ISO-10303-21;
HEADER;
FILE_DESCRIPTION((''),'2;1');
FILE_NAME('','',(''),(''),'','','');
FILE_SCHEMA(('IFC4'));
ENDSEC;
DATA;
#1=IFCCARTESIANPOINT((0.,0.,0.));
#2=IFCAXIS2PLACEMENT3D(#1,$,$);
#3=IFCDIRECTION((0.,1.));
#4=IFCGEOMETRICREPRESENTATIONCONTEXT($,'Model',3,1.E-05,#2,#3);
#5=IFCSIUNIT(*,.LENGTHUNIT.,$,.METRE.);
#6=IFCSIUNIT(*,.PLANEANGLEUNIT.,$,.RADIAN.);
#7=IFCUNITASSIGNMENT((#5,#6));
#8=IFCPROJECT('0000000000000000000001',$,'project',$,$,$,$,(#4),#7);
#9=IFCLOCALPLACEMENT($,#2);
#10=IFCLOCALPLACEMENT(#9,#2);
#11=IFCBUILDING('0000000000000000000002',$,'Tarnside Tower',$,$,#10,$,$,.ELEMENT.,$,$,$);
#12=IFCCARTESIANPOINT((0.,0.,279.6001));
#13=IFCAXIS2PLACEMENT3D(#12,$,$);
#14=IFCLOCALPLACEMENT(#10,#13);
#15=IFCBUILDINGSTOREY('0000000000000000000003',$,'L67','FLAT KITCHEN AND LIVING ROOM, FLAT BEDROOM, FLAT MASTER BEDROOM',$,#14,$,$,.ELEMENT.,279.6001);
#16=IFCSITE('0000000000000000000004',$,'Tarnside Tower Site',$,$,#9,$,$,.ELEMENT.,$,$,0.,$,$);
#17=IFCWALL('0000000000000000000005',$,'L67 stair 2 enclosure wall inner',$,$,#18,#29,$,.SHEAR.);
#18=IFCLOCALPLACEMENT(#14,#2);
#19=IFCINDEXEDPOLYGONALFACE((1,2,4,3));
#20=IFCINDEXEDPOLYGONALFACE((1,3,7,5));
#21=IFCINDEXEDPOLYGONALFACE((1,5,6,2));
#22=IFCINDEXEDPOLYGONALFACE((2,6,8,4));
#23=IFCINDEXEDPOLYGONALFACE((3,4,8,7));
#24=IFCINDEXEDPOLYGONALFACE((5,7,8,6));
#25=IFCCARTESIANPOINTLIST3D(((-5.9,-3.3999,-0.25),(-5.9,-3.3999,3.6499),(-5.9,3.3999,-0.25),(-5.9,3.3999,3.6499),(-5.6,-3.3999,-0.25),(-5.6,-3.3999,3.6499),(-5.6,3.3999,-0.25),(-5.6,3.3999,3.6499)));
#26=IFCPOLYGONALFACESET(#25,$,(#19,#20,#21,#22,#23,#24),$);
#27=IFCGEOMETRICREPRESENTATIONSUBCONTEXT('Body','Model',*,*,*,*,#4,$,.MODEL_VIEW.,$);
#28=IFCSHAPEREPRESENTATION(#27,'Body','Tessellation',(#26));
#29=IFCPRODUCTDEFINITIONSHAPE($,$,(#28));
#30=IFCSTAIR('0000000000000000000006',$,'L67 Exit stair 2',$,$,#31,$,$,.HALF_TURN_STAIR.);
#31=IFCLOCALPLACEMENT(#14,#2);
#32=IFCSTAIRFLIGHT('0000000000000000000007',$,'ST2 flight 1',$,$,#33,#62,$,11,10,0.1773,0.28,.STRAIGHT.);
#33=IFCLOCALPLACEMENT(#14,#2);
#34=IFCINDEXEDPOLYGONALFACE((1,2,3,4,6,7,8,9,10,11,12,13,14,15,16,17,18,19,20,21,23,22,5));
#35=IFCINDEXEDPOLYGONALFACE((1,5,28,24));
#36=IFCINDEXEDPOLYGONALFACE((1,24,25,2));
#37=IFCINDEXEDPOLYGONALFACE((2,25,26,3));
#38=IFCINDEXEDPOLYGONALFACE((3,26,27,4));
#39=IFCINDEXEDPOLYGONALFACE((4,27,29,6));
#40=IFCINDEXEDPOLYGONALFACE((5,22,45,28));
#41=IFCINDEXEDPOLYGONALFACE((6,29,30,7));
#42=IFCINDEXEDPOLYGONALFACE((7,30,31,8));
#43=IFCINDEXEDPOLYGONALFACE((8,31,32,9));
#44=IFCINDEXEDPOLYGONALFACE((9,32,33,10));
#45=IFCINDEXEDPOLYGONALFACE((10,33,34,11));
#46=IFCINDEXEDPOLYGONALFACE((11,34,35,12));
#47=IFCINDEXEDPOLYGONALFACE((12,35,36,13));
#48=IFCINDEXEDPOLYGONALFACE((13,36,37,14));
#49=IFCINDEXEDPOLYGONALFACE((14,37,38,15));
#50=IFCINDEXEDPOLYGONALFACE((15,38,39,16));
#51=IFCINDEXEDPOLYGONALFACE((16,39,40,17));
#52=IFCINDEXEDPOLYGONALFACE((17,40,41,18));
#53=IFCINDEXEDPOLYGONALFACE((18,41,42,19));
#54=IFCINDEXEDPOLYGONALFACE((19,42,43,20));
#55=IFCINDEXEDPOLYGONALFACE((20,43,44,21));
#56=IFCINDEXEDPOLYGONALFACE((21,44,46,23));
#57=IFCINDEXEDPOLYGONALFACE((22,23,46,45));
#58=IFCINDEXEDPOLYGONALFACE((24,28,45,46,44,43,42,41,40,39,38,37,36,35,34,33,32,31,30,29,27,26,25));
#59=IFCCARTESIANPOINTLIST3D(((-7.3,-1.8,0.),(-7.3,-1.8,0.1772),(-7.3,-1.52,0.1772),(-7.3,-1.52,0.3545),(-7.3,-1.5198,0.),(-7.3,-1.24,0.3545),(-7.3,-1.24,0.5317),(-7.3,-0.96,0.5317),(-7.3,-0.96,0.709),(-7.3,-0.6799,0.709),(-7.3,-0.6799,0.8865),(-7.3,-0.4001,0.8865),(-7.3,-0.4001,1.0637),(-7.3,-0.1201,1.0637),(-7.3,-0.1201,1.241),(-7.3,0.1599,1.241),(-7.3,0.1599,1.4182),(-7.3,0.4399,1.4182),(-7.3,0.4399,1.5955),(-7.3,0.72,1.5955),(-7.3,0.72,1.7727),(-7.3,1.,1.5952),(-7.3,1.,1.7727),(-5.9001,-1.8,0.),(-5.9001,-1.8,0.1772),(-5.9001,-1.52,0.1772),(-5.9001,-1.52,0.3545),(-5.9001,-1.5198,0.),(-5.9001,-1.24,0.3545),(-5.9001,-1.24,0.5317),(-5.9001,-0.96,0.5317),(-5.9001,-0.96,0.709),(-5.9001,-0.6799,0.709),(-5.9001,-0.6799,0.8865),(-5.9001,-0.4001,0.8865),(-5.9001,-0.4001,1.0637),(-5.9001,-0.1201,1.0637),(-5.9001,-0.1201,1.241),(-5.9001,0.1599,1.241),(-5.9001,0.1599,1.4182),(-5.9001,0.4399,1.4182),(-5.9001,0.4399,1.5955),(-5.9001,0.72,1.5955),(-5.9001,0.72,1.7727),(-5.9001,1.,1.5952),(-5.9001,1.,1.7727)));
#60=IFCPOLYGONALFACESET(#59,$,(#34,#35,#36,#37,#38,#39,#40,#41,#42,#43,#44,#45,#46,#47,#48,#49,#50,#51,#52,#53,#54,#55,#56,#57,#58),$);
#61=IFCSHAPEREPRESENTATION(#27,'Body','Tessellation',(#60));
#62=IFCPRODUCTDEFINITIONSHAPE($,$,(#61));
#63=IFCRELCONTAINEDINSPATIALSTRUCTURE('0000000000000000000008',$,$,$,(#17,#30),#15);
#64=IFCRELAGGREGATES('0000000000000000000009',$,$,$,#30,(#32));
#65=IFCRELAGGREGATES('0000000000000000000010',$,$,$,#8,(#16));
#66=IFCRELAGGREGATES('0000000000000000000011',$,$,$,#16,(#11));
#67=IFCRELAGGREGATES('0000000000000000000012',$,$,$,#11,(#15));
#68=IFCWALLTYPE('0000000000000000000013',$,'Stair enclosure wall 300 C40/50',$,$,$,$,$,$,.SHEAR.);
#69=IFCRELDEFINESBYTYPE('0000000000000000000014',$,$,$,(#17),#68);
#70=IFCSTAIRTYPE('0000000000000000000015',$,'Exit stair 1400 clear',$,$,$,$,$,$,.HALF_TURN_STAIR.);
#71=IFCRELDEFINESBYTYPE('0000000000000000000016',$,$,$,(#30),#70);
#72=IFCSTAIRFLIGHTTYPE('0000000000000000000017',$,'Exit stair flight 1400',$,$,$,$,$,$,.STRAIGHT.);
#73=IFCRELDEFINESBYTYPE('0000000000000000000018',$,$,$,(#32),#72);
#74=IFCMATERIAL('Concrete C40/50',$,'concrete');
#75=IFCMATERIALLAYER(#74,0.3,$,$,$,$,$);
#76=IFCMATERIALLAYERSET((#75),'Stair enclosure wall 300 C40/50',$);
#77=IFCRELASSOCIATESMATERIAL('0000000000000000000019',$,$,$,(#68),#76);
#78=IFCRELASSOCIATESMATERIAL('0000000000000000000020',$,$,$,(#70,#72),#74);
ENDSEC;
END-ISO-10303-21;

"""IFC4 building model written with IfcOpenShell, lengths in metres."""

from ifc_helpers import new_model, si_unit, direction, frame, frame_2d, origin, place, context, subcontext, project, spatial, polyline, rectangle, outline, extrude, material, layer, layer_set, type_object, element, aggregate, save


model = new_model("IFC4")

# Units and contexts
model_context = context("Model", 3, precision=1e-05, world=origin(), true_north=direction((0.0, 1.0)))
body_context = subcontext(model_context, "Body", "Model", "MODEL_VIEW")
ifc_project = project(units=[si_unit("LENGTHUNIT", "METRE"), si_unit("PLANEANGLEUNIT", "RADIAN")], contexts=[model_context])

# Site, building, storey
site_placement = place(None, origin())
site = spatial("IfcSite", under=ifc_project, at=site_placement, Name="Tarnside Tower Site", CompositionType="ELEMENT", RefElevation=0.0)
building_placement = place(site_placement, origin())
building = spatial("IfcBuilding", under=site, at=building_placement, Name="Tarnside Tower", CompositionType="ELEMENT")
storey_placement = place(building_placement, frame((0.0, 0.0, 279.6001)))
storey = spatial("IfcBuildingStorey", under=building, at=storey_placement, Name="L67", Description="FLAT KITCHEN AND LIVING ROOM, FLAT BEDROOM, FLAT MASTER BEDROOM", CompositionType="ELEMENT", Elevation=279.6001)

# Shared definitions
ifc_material_1 = material(Name="Concrete C40/50", Category="concrete")

# Wall
ifc_layer_1 = layer(ifc_material_1, 0.3)
ifc_layer_set_1 = layer_set([ifc_layer_1], Name="Stair enclosure wall 300 C40/50")
wall_type_1 = type_object("IfcWallType", Name="Stair enclosure wall 300 C40/50", PredefinedType="SHEAR", material=ifc_layer_set_1)
wall_1_placement = place(storey_placement, frame((-5.75, -3.3999, -0.25), z_axis=(0.0, 0.0, 1.0), x_axis=(0.0, 1.0, 0.0)))
element("IfcWall", 1, at=wall_1_placement, inside=storey, type_object=wall_type_1, Name="L67 stair 2 enclosure wall inner", PredefinedType="SHEAR", context=body_context, shape_type="SweptSolid", body=[
    extrude(rectangle(XDim=6.7998, YDim=0.3, at=frame_2d((3.3999, 0.0))), origin(), (0.0, 0.0, 1.0), 3.8999),
])

# Stair, stair flight
stair_type = type_object("IfcStairType", Name="Exit stair 1400 clear", PredefinedType="HALF_TURN_STAIR", material=ifc_material_1)
stair_placement = place(storey_placement, origin())
stair = element("IfcStair", 2, at=stair_placement, inside=storey, type_object=stair_type, Name="L67 Exit stair 2", PredefinedType="HALF_TURN_STAIR")
stair_flight_type = type_object("IfcStairFlightType", Name="Exit stair flight 1400", PredefinedType="STRAIGHT", material=ifc_material_1)
stair_flight_placement = place(storey_placement, frame((-6.6001, -1.8, 0.0), z_axis=(0.0, 0.0, 1.0), x_axis=(0.0, 1.0, 0.0)))
stair_flight = element("IfcStairFlight", 3, at=stair_flight_placement, type_object=stair_flight_type, Name="ST2 flight 1", NumberOfRisers=11, NumberOfTreads=10, PredefinedType="STRAIGHT", RiserHeight=0.1773, TreadLength=0.28, context=body_context, shape_type="SweptSolid", body=[
    extrude(outline(polyline([(0.0, 0.0), (0.0, 0.1772), (0.28, 0.1772), (0.28, 0.3545), (0.5601, 0.3545), (0.5601, 0.5317), (0.8401, 0.5317), (0.8401, 0.709), (1.1201, 0.709), (1.1201, 0.8865), (1.3999, 0.8865), (1.3999, 1.0637), (1.6799, 1.0637), (1.6799, 1.241), (1.96, 1.241), (1.96, 1.4182), (2.24, 1.4182), (2.24, 1.5955), (2.52, 1.5955), (2.52, 1.7727), (2.8, 1.7727), (2.8, 1.95), (2.8, 1.5952), (0.2803, 0.0), (0.0, 0.0)])), frame((0.0, 0.7, 0.0), z_axis=(0.0, -1.0, 0.0), x_axis=(1.0, 0.0, 0.0)), (0.0, 0.0, 1.0), 1.3999),
])
aggregate(stair, [stair_flight])

save(model, "model.ifc")
